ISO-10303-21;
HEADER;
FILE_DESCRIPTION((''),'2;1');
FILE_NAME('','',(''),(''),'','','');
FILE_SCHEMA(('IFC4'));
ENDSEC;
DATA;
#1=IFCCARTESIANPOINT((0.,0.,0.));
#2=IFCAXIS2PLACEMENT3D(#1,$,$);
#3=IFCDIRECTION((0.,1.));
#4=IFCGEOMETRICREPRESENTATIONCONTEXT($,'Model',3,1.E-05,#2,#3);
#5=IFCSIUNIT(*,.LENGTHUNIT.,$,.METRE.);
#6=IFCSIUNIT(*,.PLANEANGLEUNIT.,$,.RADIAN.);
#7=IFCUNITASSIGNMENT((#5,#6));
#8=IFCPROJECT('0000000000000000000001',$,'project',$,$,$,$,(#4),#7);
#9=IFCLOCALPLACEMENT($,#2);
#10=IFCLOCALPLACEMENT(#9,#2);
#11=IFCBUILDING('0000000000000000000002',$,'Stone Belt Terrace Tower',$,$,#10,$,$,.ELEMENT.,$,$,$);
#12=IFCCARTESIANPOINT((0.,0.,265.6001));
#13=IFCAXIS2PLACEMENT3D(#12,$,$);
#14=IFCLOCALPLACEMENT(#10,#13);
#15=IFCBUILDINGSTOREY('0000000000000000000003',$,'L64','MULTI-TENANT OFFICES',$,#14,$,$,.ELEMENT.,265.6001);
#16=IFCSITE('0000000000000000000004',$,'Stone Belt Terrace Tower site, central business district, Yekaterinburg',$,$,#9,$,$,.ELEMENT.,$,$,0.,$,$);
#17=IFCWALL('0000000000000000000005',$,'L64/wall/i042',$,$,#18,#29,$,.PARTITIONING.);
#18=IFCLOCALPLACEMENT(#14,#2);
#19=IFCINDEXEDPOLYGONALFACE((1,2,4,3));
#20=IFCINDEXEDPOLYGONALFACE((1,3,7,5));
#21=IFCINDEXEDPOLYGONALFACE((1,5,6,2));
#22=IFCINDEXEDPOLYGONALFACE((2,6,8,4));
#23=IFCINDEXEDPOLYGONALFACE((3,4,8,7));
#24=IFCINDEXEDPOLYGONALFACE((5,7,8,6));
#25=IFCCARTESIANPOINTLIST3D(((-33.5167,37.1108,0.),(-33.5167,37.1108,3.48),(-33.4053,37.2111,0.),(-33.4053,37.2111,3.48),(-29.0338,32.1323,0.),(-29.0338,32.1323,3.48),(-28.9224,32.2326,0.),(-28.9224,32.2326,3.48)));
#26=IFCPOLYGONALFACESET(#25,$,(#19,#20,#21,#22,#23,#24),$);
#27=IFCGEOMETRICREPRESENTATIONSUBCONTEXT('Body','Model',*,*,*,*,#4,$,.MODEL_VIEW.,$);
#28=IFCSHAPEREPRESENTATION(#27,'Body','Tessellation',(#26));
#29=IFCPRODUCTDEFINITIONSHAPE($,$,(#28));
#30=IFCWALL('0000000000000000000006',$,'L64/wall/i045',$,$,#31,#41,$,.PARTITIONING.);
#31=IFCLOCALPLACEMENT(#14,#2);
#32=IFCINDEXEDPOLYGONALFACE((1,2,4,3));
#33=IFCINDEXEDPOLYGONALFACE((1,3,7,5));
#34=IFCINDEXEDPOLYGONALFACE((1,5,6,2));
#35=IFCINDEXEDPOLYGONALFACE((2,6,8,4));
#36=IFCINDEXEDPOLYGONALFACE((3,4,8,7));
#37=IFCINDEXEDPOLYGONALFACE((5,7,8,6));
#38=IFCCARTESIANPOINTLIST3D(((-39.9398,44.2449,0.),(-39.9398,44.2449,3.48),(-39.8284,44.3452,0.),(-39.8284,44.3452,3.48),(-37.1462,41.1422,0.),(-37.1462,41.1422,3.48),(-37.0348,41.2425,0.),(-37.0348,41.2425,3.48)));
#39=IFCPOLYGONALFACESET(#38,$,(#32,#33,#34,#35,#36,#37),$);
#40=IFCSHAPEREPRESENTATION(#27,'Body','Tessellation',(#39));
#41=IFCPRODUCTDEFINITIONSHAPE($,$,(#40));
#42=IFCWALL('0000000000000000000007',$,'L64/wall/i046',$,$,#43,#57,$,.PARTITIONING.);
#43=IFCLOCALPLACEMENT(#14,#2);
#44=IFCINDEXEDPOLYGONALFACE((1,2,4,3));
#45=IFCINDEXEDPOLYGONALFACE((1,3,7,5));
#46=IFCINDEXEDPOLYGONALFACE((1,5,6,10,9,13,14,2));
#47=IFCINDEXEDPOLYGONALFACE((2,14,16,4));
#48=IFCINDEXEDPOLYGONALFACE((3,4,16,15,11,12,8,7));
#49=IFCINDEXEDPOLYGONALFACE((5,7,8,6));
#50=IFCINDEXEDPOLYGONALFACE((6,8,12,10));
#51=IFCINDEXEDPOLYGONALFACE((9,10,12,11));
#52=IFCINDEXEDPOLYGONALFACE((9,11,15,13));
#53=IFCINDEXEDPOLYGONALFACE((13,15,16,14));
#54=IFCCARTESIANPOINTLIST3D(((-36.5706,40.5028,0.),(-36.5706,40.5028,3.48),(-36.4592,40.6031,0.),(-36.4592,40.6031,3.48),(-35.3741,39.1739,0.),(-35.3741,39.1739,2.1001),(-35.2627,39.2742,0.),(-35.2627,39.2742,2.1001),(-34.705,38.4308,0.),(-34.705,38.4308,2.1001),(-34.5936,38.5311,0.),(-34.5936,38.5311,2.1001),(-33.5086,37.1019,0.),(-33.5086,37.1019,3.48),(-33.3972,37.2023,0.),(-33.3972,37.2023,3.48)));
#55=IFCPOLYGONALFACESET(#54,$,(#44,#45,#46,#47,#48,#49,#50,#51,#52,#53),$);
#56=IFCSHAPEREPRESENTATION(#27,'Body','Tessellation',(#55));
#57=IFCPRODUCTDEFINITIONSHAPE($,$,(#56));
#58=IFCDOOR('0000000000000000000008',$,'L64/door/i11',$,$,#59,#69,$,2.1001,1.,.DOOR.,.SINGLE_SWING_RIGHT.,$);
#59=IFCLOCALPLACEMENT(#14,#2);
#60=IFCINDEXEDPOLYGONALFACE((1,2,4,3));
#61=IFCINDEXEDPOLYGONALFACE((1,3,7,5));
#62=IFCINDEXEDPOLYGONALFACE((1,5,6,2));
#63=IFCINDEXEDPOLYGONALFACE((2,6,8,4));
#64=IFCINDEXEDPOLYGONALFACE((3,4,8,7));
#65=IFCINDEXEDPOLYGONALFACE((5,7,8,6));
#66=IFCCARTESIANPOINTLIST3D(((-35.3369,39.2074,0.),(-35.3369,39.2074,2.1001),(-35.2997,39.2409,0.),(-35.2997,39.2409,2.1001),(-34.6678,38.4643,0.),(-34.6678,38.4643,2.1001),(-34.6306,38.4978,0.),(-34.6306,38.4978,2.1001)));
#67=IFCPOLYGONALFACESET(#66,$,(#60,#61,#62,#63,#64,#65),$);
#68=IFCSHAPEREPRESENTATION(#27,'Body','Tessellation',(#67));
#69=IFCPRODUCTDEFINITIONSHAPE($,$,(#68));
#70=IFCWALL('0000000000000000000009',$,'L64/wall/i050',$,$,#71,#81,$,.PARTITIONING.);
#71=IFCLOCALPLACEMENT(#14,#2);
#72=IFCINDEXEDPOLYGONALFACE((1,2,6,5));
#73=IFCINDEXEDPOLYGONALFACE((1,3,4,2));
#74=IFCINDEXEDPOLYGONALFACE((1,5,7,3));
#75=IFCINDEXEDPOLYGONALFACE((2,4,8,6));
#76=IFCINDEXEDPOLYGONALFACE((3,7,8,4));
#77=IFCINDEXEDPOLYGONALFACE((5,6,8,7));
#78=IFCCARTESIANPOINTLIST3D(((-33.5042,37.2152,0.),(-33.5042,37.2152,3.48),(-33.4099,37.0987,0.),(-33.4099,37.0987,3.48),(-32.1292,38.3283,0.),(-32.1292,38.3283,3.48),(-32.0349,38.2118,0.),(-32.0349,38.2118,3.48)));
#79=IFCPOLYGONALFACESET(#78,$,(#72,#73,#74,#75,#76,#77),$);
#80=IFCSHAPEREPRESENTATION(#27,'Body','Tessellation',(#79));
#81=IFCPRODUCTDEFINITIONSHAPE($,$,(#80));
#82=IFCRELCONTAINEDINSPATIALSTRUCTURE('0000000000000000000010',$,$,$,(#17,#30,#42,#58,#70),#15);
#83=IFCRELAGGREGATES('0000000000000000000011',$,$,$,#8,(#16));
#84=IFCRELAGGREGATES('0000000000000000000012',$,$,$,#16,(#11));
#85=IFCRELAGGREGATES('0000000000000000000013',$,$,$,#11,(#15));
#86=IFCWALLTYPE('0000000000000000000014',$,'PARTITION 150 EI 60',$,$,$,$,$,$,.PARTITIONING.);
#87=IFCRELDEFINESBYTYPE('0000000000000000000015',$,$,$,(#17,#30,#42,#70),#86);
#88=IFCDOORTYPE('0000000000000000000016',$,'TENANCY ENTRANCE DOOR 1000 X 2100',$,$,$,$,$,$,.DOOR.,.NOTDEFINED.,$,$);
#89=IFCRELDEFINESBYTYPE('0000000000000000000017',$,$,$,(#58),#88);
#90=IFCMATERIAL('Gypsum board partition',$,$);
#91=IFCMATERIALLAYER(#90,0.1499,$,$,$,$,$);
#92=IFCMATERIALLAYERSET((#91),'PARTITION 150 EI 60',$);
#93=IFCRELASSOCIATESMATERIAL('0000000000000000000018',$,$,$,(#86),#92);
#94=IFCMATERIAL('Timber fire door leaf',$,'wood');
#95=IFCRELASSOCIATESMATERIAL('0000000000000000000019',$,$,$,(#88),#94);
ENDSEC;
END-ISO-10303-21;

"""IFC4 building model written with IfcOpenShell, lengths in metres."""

from ifc_helpers import new_model, si_unit, direction, frame, frame_2d, origin, place, context, subcontext, project, spatial, rectangle, extrude, material, layer, layer_set, type_object, element, fill, save


model = new_model("IFC4")

# Units and contexts
model_context = context("Model", 3, precision=1e-05, world=origin(), true_north=direction((0.0, 1.0)))
body_context = subcontext(model_context, "Body", "Model", "MODEL_VIEW")
ifc_project = project(units=[si_unit("LENGTHUNIT", "METRE"), si_unit("PLANEANGLEUNIT", "RADIAN")], contexts=[model_context])

# Site, building, storey
site_placement = place(None, origin())
site = spatial("IfcSite", under=ifc_project, at=site_placement, Name="Stone Belt Terrace Tower site, central business district, Yekaterinburg", CompositionType="ELEMENT", RefElevation=0.0)
building_placement = place(site_placement, origin())
building = spatial("IfcBuilding", under=site, at=building_placement, Name="Stone Belt Terrace Tower", CompositionType="ELEMENT")
storey_placement = place(building_placement, frame((0.0, 0.0, 265.6001)))
storey = spatial("IfcBuildingStorey", under=building, at=storey_placement, Name="L64", Description="MULTI-TENANT OFFICES", CompositionType="ELEMENT", Elevation=265.6001)

# Walls
ifc_material_1 = material(Name="Gypsum board partition")
ifc_layer_1 = layer(ifc_material_1, 0.1499)
ifc_layer_set_1 = layer_set([ifc_layer_1], Name="PARTITION 150 EI 60")
wall_type = type_object("IfcWallType", Name="PARTITION 150 EI 60", PredefinedType="PARTITIONING", material=ifc_layer_set_1)
wall_1_placement = place(storey_placement, frame((-33.4609, 37.1609, 0.0), z_axis=(0.0, 0.0, 1.0), x_axis=(0.66915, -0.743127, 0.0)))
element("IfcWall", 1, at=wall_1_placement, inside=storey, type_object=wall_type, Name="L64/wall/i042", PredefinedType="PARTITIONING", context=body_context, shape_type="SweptSolid", body=[
    extrude(rectangle(XDim=6.6995, YDim=0.1499, at=frame_2d((3.3496, 0.0))), origin(), (0.0, 0.0, 1.0), 3.48),
])
wall_2_placement = place(storey_placement, frame((-39.884, 44.2949, 0.0), z_axis=(0.0, 0.0, 1.0), x_axis=(0.669123, -0.743152, 0.0)))
element("IfcWall", 2, at=wall_2_placement, inside=storey, type_object=wall_type, Name="L64/wall/i045", PredefinedType="PARTITIONING", context=body_context, shape_type="SweptSolid", body=[
    extrude(rectangle(XDim=4.175, YDim=0.1499, at=frame_2d((2.0874, 0.0))), origin(), (0.0, 0.0, 1.0), 3.48),
])

# Wall, opening, door
wall_3_placement = place(storey_placement, frame((-33.4529, 37.1521, 0.0), z_axis=(0.0, 0.0, 1.0), x_axis=(-0.669112, 0.743161, 0.0)))
wall_3 = element("IfcWall", 3, at=wall_3_placement, inside=storey, type_object=wall_type, Name="L64/wall/i046", PredefinedType="PARTITIONING", context=body_context, shape_type="SweptSolid", body=[
    extrude(rectangle(XDim=4.5762, YDim=0.1499, at=frame_2d((2.2881, 0.0))), origin(), (0.0, 0.0, 1.0), 3.48),
])
opening_placement = place(wall_3_placement, frame((1.7881, 0.0, 0.0)))
opening = element("IfcOpeningElement", 4, at=opening_placement, cuts=wall_3, PredefinedType="OPENING", context=body_context, shape_type="SweptSolid", body=[
    extrude(rectangle(XDim=1.0, YDim=2.1001, at=frame_2d((0.5, 1.05))), frame((0.0, 0.085, 0.0), z_axis=(0.0, -1.0, 0.0), x_axis=(1.0, 0.0, 0.0)), (0.0, 0.0, 1.0), 0.1699),
])
ifc_material_2 = material(Name="Timber fire door leaf", Category="wood")
door_type = type_object("IfcDoorType", Name="TENANCY ENTRANCE DOOR 1000 X 2100", OperationType="NOTDEFINED", PredefinedType="DOOR", material=ifc_material_2)
door_placement = place(opening_placement, origin())
door = element("IfcDoor", 5, at=door_placement, inside=storey, type_object=door_type, Name="L64/door/i11", OperationType="SINGLE_SWING_RIGHT", OverallHeight=2.1001, OverallWidth=1.0, PredefinedType="DOOR", context=body_context, shape_type="SweptSolid", body=[
    extrude(rectangle(XDim=1.0, YDim=2.1001, at=frame_2d((0.5, 1.05))), frame((0.0, 0.0249, 0.0), z_axis=(0.0, -1.0, 0.0), x_axis=(1.0, 0.0, 0.0)), (0.0, 0.0, 1.0), 0.05),
])
fill(opening, door)

# Wall
wall_4_placement = place(storey_placement, frame((-33.457, 37.157, 0.0), z_axis=(0.0, 0.0, 1.0), x_axis=(0.777261, 0.629178, 0.0)))
element("IfcWall", 6, at=wall_4_placement, inside=storey, type_object=wall_type, Name="L64/wall/i050", PredefinedType="PARTITIONING", context=body_context, shape_type="SweptSolid", body=[
    extrude(rectangle(XDim=1.769, YDim=0.1499, at=frame_2d((0.8845, 0.0))), origin(), (0.0, 0.0, 1.0), 3.48),
])

save(model, "model.ifc")
